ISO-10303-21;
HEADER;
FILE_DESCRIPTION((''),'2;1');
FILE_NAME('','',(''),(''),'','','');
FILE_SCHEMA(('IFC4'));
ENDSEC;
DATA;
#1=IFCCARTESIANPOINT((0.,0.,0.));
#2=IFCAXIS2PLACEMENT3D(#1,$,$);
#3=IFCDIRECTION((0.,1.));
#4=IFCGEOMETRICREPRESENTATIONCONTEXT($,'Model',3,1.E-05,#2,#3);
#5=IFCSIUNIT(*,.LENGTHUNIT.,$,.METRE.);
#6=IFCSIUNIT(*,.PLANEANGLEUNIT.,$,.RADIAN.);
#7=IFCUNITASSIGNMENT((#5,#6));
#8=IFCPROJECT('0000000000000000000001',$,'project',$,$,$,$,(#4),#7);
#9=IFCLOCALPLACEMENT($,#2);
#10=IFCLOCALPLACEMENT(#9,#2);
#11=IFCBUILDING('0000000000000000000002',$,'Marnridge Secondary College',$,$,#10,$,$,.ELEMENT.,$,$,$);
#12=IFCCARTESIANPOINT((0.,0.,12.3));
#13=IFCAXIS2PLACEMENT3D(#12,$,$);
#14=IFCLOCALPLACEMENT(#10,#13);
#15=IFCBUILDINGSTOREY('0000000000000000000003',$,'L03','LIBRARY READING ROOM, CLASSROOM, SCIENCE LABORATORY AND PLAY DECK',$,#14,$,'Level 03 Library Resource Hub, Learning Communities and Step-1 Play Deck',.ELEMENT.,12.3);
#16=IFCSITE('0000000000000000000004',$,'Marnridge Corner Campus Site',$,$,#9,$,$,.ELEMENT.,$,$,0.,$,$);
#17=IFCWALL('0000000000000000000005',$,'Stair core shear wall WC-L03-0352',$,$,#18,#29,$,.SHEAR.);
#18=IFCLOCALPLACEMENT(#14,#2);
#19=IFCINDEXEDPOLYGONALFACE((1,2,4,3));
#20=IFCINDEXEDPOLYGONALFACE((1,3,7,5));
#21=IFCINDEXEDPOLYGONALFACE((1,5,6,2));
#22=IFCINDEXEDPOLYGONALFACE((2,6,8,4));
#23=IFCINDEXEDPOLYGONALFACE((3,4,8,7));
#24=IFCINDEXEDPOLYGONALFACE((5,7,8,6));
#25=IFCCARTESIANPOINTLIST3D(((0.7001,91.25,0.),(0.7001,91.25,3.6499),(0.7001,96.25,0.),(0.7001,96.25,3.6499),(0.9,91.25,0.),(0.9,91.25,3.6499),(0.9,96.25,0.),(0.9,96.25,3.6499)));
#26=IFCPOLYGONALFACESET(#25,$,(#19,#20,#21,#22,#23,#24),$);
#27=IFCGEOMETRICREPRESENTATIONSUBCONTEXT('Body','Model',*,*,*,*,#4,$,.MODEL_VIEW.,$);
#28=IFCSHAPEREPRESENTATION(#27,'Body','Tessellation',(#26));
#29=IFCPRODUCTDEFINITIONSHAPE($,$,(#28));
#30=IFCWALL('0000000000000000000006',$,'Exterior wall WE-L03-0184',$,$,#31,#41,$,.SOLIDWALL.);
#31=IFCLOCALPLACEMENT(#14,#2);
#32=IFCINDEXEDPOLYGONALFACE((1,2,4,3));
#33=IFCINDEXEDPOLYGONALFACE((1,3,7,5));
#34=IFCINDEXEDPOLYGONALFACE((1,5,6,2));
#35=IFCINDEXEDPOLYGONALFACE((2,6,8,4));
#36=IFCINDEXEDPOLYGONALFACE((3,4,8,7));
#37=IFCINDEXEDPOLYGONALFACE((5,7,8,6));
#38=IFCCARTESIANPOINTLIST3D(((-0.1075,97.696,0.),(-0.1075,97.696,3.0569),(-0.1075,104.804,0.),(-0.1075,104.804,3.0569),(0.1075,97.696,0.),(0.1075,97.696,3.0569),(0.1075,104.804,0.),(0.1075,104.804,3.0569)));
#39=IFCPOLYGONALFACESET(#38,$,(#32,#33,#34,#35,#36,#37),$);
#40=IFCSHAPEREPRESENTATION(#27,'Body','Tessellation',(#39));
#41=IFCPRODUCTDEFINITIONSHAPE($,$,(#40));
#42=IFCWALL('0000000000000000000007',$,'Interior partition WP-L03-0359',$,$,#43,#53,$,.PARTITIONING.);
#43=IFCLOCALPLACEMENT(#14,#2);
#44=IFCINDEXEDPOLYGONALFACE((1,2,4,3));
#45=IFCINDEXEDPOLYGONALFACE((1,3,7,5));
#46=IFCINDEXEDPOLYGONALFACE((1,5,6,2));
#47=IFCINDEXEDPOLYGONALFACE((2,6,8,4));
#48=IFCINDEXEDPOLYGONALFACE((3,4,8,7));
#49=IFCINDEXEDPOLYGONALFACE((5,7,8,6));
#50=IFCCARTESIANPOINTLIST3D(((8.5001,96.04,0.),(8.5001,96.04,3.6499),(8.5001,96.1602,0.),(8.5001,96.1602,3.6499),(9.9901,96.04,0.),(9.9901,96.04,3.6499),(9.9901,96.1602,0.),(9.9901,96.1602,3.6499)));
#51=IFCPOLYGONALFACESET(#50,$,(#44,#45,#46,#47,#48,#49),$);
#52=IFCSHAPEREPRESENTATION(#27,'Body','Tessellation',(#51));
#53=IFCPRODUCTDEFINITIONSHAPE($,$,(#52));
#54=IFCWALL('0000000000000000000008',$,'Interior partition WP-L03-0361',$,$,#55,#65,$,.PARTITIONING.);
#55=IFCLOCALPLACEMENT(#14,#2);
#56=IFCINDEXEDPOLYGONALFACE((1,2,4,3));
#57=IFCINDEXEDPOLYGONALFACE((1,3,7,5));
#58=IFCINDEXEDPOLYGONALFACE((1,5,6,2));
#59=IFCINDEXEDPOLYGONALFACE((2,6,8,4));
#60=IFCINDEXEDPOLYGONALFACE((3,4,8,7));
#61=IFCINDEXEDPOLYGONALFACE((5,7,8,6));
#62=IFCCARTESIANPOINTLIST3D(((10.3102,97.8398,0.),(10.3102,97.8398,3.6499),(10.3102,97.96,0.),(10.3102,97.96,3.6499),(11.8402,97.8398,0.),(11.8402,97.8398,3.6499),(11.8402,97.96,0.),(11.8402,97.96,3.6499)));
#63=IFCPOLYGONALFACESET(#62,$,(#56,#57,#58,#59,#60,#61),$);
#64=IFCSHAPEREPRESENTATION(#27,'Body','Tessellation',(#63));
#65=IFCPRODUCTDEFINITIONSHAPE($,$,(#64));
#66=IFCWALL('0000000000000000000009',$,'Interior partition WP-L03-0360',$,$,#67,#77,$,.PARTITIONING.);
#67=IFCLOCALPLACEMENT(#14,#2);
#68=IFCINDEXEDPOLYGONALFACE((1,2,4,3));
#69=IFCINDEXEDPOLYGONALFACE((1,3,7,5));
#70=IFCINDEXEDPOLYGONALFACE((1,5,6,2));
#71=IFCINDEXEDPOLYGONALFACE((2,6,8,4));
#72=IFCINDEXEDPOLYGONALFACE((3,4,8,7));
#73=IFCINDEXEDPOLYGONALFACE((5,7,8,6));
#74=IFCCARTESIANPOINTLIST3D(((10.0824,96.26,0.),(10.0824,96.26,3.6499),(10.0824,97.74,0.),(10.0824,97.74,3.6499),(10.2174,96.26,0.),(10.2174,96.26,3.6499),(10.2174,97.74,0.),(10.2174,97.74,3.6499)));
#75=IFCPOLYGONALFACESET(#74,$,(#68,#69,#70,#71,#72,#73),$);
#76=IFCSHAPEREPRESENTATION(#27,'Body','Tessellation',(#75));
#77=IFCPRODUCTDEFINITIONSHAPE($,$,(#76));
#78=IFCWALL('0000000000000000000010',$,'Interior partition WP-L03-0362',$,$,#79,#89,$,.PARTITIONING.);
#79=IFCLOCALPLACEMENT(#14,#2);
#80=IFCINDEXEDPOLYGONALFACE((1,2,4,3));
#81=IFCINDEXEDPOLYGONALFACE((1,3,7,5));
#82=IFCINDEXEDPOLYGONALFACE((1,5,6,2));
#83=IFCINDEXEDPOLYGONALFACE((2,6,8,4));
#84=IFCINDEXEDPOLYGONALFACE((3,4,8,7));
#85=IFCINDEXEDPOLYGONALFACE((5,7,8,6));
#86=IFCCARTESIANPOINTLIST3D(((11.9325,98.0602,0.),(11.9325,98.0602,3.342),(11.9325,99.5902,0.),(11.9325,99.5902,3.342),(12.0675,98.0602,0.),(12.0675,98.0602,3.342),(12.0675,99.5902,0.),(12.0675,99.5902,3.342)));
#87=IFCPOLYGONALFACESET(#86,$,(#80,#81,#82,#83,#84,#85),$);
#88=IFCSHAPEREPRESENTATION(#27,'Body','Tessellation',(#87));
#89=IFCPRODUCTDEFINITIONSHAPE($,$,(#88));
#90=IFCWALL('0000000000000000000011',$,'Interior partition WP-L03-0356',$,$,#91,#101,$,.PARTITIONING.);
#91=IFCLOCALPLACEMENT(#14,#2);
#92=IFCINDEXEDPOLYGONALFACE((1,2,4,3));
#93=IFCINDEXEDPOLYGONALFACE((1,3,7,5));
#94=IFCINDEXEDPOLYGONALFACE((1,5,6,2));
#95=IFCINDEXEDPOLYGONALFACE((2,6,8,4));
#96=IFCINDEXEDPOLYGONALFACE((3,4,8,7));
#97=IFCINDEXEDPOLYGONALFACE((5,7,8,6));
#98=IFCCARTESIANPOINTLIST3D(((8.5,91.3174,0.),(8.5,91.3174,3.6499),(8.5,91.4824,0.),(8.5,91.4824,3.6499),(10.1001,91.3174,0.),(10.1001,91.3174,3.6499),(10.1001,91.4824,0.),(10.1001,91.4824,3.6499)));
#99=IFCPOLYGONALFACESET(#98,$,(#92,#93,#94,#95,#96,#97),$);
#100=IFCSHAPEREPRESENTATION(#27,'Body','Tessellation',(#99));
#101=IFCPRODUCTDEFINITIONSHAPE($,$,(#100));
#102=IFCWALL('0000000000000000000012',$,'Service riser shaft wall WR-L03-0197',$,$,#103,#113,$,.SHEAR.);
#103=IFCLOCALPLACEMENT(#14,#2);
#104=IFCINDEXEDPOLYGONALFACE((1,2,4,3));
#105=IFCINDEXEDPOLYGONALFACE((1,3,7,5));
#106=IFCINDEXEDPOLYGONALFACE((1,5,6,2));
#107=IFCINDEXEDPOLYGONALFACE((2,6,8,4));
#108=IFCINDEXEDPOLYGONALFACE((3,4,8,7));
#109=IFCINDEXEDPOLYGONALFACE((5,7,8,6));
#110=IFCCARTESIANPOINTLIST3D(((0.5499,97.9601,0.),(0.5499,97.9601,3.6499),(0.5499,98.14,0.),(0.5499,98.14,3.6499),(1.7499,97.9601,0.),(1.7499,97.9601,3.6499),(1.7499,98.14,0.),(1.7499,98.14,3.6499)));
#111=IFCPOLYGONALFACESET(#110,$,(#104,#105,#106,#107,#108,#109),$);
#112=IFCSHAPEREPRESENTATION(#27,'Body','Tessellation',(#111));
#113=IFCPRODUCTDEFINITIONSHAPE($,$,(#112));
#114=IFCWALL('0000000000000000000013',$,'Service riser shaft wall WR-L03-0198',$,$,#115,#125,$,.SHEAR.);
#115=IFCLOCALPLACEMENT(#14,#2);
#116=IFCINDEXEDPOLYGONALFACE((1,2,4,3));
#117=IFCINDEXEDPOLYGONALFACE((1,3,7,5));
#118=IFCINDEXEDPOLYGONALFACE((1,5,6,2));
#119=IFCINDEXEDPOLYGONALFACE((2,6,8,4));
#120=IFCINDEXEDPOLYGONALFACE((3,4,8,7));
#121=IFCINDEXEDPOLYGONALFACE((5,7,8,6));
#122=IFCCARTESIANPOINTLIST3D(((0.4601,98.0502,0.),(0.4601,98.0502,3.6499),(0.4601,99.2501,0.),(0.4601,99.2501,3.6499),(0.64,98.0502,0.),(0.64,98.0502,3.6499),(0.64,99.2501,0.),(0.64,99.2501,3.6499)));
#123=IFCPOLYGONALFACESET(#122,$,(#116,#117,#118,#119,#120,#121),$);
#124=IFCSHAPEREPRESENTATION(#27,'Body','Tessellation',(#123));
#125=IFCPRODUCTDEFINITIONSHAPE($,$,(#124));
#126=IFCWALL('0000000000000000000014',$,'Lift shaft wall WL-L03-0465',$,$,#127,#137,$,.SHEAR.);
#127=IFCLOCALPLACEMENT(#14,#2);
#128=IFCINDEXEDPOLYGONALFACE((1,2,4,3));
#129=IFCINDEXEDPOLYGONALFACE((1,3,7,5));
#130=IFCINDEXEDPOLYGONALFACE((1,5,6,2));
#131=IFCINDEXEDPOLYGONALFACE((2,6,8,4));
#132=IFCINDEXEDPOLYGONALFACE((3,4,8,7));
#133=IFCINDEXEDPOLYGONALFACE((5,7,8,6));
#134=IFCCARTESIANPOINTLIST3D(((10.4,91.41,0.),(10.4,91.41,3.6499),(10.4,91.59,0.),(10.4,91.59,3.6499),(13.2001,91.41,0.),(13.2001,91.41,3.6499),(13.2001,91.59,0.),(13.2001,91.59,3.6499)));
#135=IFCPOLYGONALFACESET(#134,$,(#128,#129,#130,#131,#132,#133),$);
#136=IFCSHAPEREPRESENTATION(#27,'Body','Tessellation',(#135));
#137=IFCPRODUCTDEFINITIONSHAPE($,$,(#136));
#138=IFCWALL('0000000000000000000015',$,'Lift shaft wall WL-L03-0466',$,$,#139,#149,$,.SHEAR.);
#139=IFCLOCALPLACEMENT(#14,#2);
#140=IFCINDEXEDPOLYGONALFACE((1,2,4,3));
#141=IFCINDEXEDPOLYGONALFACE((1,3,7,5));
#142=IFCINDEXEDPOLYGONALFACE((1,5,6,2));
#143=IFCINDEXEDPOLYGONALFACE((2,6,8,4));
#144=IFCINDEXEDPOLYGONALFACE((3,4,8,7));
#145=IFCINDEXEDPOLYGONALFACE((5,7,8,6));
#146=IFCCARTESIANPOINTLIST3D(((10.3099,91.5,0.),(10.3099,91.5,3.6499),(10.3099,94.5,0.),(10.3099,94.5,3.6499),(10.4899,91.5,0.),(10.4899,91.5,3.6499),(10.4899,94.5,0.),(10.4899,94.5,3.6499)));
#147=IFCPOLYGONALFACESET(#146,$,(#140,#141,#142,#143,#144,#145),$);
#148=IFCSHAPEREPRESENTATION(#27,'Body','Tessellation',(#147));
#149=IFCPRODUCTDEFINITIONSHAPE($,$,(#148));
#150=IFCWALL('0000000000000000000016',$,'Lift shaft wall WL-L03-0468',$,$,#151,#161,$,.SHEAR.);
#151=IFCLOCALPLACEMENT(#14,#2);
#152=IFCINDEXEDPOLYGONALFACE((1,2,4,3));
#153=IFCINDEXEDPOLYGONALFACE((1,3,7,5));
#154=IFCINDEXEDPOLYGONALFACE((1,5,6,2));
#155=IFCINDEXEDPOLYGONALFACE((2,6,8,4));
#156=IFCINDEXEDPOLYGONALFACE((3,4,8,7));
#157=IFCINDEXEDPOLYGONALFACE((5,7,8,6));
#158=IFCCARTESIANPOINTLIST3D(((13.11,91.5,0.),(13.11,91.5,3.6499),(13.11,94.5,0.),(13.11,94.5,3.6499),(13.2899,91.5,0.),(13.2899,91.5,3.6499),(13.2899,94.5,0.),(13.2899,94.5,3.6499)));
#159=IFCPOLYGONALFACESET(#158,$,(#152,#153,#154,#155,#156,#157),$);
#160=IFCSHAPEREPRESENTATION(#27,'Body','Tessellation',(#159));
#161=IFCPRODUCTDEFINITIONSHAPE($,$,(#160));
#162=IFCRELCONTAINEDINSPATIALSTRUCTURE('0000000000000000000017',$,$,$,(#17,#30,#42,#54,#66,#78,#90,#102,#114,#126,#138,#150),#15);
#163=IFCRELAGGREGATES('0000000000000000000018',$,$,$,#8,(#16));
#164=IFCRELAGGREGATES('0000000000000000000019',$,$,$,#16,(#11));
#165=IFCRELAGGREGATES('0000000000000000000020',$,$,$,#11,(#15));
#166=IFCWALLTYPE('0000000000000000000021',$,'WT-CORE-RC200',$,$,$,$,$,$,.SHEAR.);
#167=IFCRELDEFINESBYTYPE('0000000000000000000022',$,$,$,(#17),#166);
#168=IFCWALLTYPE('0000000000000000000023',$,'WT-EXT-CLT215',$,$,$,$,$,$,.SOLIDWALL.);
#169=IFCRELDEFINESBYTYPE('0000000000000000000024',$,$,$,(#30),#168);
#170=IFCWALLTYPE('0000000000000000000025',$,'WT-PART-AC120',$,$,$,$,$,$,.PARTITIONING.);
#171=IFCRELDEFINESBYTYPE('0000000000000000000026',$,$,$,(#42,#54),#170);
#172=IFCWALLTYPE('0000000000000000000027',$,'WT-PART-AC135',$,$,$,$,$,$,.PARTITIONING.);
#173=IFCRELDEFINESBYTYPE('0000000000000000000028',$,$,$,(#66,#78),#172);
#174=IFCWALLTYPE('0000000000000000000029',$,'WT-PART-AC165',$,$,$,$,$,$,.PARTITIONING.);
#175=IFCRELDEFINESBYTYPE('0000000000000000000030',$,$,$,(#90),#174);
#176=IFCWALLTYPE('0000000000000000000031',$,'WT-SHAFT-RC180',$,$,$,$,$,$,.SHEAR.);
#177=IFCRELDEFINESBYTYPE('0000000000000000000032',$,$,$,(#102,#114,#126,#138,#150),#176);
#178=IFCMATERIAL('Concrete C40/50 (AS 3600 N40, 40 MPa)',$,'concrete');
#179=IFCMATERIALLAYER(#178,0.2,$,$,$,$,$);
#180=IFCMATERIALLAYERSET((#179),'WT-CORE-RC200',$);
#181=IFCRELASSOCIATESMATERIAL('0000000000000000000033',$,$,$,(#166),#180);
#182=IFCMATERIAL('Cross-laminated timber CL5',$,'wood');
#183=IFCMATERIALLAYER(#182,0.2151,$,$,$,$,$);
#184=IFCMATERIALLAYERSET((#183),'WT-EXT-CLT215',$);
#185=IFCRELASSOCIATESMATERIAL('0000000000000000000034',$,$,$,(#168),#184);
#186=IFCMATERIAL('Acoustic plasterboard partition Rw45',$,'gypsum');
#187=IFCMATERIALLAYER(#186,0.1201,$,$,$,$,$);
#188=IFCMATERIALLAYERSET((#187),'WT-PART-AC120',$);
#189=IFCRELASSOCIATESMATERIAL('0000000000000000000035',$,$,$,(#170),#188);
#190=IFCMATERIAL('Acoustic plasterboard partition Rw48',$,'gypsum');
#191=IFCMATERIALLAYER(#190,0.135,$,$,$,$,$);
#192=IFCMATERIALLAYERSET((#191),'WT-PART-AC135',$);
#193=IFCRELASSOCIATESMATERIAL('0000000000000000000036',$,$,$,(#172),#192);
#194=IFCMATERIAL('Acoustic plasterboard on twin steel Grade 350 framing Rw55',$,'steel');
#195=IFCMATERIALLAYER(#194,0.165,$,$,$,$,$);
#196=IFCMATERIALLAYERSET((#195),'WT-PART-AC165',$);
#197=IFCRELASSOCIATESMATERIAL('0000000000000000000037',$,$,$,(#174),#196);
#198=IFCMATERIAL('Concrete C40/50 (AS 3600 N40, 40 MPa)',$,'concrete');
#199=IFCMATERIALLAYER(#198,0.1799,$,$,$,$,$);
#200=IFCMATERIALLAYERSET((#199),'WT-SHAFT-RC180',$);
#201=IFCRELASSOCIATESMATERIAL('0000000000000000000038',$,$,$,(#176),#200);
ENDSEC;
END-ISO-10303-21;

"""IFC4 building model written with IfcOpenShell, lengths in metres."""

from ifc_helpers import new_model, si_unit, direction, frame, frame_2d, origin, place, context, subcontext, project, spatial, rectangle, extrude, material, layer, layer_set, type_object, element, save


model = new_model("IFC4")

# Units and contexts
model_context = context("Model", 3, precision=1e-05, world=origin(), true_north=direction((0.0, 1.0)))
body_context = subcontext(model_context, "Body", "Model", "MODEL_VIEW")
ifc_project = project(units=[si_unit("LENGTHUNIT", "METRE"), si_unit("PLANEANGLEUNIT", "RADIAN")], contexts=[model_context])

# Site, building, storey
site_placement = place(None, origin())
site = spatial("IfcSite", under=ifc_project, at=site_placement, Name="Marnridge Corner Campus Site", CompositionType="ELEMENT", RefElevation=0.0)
building_placement = place(site_placement, origin())
building = spatial("IfcBuilding", under=site, at=building_placement, Name="Marnridge Secondary College", CompositionType="ELEMENT")
storey_placement = place(building_placement, frame((0.0, 0.0, 12.3)))
storey = spatial("IfcBuildingStorey", under=building, at=storey_placement, Name="L03", Description="LIBRARY READING ROOM, CLASSROOM, SCIENCE LABORATORY AND PLAY DECK", LongName="Level 03 Library Resource Hub, Learning Communities and Step-1 Play Deck", CompositionType="ELEMENT", Elevation=12.3)

# Walls
ifc_material_1 = material(Name="Concrete C40/50 (AS 3600 N40, 40 MPa)", Category="concrete")
ifc_layer_1 = layer(ifc_material_1, 0.2)
ifc_layer_set_1 = layer_set([ifc_layer_1], Name="WT-CORE-RC200")
wall_type_1 = type_object("IfcWallType", Name="WT-CORE-RC200", PredefinedType="SHEAR", material=ifc_layer_set_1)
wall_1_placement = place(storey_placement, frame((0.8, 96.25, 0.0), z_axis=(0.0, 0.0, 1.0), x_axis=(0.0, -1.0, 0.0)))
element("IfcWall", 1, at=wall_1_placement, inside=storey, type_object=wall_type_1, Name="Stair core shear wall WC-L03-0352", PredefinedType="SHEAR", context=body_context, shape_type="SweptSolid", body=[
    extrude(rectangle(XDim=5.0, YDim=0.2, at=frame_2d((2.5, 0.0))), origin(), (0.0, 0.0, 1.0), 3.6499),
])
ifc_material_2 = material(Name="Cross-laminated timber CL5", Category="wood")
ifc_layer_2 = layer(ifc_material_2, 0.2151)
ifc_layer_set_2 = layer_set([ifc_layer_2], Name="WT-EXT-CLT215")
wall_type_2 = type_object("IfcWallType", Name="WT-EXT-CLT215", PredefinedType="SOLIDWALL", material=ifc_layer_set_2)
wall_2_placement = place(storey_placement, frame((0.0, 97.696, 0.0), z_axis=(0.0, 0.0, 1.0), x_axis=(0.0, 1.0, 0.0)))
element("IfcWall", 2, at=wall_2_placement, inside=storey, type_object=wall_type_2, Name="Exterior wall WE-L03-0184", PredefinedType="SOLIDWALL", context=body_context, shape_type="SweptSolid", body=[
    extrude(rectangle(XDim=7.1079, YDim=0.2151, at=frame_2d((3.554, 0.0))), origin(), (0.0, 0.0, 1.0), 3.0569),
])
ifc_material_3 = material(Name="Acoustic plasterboard partition Rw45", Category="gypsum")
ifc_layer_3 = layer(ifc_material_3, 0.1201)
ifc_layer_set_3 = layer_set([ifc_layer_3], Name="WT-PART-AC120")
wall_type_3 = type_object("IfcWallType", Name="WT-PART-AC120", PredefinedType="PARTITIONING", material=ifc_layer_set_3)
wall_3_placement = place(storey_placement, frame((8.5, 96.1001, 0.0), z_axis=(0.0, 0.0, 1.0), x_axis=(1.0, 0.0, 0.0)))
element("IfcWall", 3, at=wall_3_placement, inside=storey, type_object=wall_type_3, Name="Interior partition WP-L03-0359", PredefinedType="PARTITIONING", context=body_context, shape_type="SweptSolid", body=[
    extrude(rectangle(XDim=1.49, YDim=0.1201, at=frame_2d((0.7451, 0.0))), origin(), (0.0, 0.0, 1.0), 3.6499),
])
wall_4_placement = place(storey_placement, frame((10.3101, 97.8999, 0.0), z_axis=(0.0, 0.0, 1.0), x_axis=(1.0, 0.0, 0.0)))
element("IfcWall", 4, at=wall_4_placement, inside=storey, type_object=wall_type_3, Name="Interior partition WP-L03-0361", PredefinedType="PARTITIONING", context=body_context, shape_type="SweptSolid", body=[
    extrude(rectangle(XDim=1.53, YDim=0.1201, at=frame_2d((0.7651, 0.0))), origin(), (0.0, 0.0, 1.0), 3.6499),
])
ifc_material_4 = material(Name="Acoustic plasterboard partition Rw48", Category="gypsum")
ifc_layer_4 = layer(ifc_material_4, 0.135)
ifc_layer_set_4 = layer_set([ifc_layer_4], Name="WT-PART-AC135")
wall_type_4 = type_object("IfcWallType", Name="WT-PART-AC135", PredefinedType="PARTITIONING", material=ifc_layer_set_4)
wall_5_placement = place(storey_placement, frame((10.1499, 96.26, 0.0), z_axis=(0.0, 0.0, 1.0), x_axis=(0.0, 1.0, 0.0)))
element("IfcWall", 5, at=wall_5_placement, inside=storey, type_object=wall_type_4, Name="Interior partition WP-L03-0360", PredefinedType="PARTITIONING", context=body_context, shape_type="SweptSolid", body=[
    extrude(rectangle(XDim=1.48, YDim=0.135, at=frame_2d((0.74, 0.0))), origin(), (0.0, 0.0, 1.0), 3.6499),
])
wall_6_placement = place(storey_placement, frame((12.0, 98.0601, 0.0), z_axis=(0.0, 0.0, 1.0), x_axis=(0.0, 1.0, 0.0)))
element("IfcWall", 6, at=wall_6_placement, inside=storey, type_object=wall_type_4, Name="Interior partition WP-L03-0362", PredefinedType="PARTITIONING", context=body_context, shape_type="SweptSolid", body=[
    extrude(rectangle(XDim=1.53, YDim=0.135, at=frame_2d((0.7651, 0.0))), origin(), (0.0, 0.0, 1.0), 3.342),
])
ifc_material_5 = material(Name="Acoustic plasterboard on twin steel Grade 350 framing Rw55", Category="steel")
ifc_layer_5 = layer(ifc_material_5, 0.165)
ifc_layer_set_5 = layer_set([ifc_layer_5], Name="WT-PART-AC165")
wall_type_5 = type_object("IfcWallType", Name="WT-PART-AC165", PredefinedType="PARTITIONING", material=ifc_layer_set_5)
wall_7_placement = place(storey_placement, frame((10.1001, 91.3999, 0.0), z_axis=(0.0, 0.0, 1.0), x_axis=(-1.0, 0.0, 0.0)))
element("IfcWall", 7, at=wall_7_placement, inside=storey, type_object=wall_type_5, Name="Interior partition WP-L03-0356", PredefinedType="PARTITIONING", context=body_context, shape_type="SweptSolid", body=[
    extrude(rectangle(XDim=1.6001, YDim=0.165, at=frame_2d((0.8, 0.0))), origin(), (0.0, 0.0, 1.0), 3.6499),
])
ifc_material_6 = material(Name="Concrete C40/50 (AS 3600 N40, 40 MPa)", Category="concrete")
ifc_layer_6 = layer(ifc_material_6, 0.1799)
ifc_layer_set_6 = layer_set([ifc_layer_6], Name="WT-SHAFT-RC180")
wall_type_6 = type_object("IfcWallType", Name="WT-SHAFT-RC180", PredefinedType="SHEAR", material=ifc_layer_set_6)
for number, where, z_axis, x_axis, name in (
    (8, (1.75, 98.05, 0.0), (0.0, 0.0, 1.0), (-1.0, 0.0, 0.0), "Service riser shaft wall WR-L03-0197"),
    (9, (0.55, 98.05, 0.0), (0.0, 0.0, 1.0), (0.0, 1.0, 0.0), "Service riser shaft wall WR-L03-0198"),
):
    element("IfcWall", number, at=place(storey_placement, frame(where, z_axis=z_axis, x_axis=x_axis)), inside=storey, type_object=wall_type_6, Name=name, PredefinedType="SHEAR", context=body_context, shape_type="SweptSolid", body=[
        extrude(rectangle(XDim=1.2, YDim=0.1799, at=frame_2d((0.6001, 0.0))), origin(), (0.0, 0.0, 1.0), 3.6499),
    ])
wall_8_placement = place(storey_placement, frame((13.2, 91.5, 0.0), z_axis=(0.0, 0.0, 1.0), x_axis=(-1.0, 0.0, 0.0)))
element("IfcWall", 10, at=wall_8_placement, inside=storey, type_object=wall_type_6, Name="Lift shaft wall WL-L03-0465", PredefinedType="SHEAR", context=body_context, shape_type="SweptSolid", body=[
    extrude(rectangle(XDim=2.8, YDim=0.1799, at=frame_2d((1.3999, 0.0))), origin(), (0.0, 0.0, 1.0), 3.6499),
])
wall_9_placement = place(storey_placement, frame((10.3999, 91.5, 0.0), z_axis=(0.0, 0.0, 1.0), x_axis=(0.0, 1.0, 0.0)))
element("IfcWall", 11, at=wall_9_placement, inside=storey, type_object=wall_type_6, Name="Lift shaft wall WL-L03-0466", PredefinedType="SHEAR", context=body_context, shape_type="SweptSolid", body=[
    extrude(rectangle(XDim=3.0, YDim=0.1799, at=frame_2d((1.5, 0.0))), origin(), (0.0, 0.0, 1.0), 3.6499),
])

# Wall
wall_10_placement = place(storey_placement, frame((13.2, 94.5, 0.0), z_axis=(0.0, 0.0, 1.0), x_axis=(0.0, -1.0, 0.0)))
element("IfcWall", 12, at=wall_10_placement, inside=storey, type_object=wall_type_6, Name="Lift shaft wall WL-L03-0468", PredefinedType="SHEAR", context=body_context, shape_type="SweptSolid", body=[
    extrude(rectangle(XDim=3.0, YDim=0.1799, at=frame_2d((1.5, 0.0))), origin(), (0.0, 0.0, 1.0), 3.6499),
])

save(model, "model.ifc")
